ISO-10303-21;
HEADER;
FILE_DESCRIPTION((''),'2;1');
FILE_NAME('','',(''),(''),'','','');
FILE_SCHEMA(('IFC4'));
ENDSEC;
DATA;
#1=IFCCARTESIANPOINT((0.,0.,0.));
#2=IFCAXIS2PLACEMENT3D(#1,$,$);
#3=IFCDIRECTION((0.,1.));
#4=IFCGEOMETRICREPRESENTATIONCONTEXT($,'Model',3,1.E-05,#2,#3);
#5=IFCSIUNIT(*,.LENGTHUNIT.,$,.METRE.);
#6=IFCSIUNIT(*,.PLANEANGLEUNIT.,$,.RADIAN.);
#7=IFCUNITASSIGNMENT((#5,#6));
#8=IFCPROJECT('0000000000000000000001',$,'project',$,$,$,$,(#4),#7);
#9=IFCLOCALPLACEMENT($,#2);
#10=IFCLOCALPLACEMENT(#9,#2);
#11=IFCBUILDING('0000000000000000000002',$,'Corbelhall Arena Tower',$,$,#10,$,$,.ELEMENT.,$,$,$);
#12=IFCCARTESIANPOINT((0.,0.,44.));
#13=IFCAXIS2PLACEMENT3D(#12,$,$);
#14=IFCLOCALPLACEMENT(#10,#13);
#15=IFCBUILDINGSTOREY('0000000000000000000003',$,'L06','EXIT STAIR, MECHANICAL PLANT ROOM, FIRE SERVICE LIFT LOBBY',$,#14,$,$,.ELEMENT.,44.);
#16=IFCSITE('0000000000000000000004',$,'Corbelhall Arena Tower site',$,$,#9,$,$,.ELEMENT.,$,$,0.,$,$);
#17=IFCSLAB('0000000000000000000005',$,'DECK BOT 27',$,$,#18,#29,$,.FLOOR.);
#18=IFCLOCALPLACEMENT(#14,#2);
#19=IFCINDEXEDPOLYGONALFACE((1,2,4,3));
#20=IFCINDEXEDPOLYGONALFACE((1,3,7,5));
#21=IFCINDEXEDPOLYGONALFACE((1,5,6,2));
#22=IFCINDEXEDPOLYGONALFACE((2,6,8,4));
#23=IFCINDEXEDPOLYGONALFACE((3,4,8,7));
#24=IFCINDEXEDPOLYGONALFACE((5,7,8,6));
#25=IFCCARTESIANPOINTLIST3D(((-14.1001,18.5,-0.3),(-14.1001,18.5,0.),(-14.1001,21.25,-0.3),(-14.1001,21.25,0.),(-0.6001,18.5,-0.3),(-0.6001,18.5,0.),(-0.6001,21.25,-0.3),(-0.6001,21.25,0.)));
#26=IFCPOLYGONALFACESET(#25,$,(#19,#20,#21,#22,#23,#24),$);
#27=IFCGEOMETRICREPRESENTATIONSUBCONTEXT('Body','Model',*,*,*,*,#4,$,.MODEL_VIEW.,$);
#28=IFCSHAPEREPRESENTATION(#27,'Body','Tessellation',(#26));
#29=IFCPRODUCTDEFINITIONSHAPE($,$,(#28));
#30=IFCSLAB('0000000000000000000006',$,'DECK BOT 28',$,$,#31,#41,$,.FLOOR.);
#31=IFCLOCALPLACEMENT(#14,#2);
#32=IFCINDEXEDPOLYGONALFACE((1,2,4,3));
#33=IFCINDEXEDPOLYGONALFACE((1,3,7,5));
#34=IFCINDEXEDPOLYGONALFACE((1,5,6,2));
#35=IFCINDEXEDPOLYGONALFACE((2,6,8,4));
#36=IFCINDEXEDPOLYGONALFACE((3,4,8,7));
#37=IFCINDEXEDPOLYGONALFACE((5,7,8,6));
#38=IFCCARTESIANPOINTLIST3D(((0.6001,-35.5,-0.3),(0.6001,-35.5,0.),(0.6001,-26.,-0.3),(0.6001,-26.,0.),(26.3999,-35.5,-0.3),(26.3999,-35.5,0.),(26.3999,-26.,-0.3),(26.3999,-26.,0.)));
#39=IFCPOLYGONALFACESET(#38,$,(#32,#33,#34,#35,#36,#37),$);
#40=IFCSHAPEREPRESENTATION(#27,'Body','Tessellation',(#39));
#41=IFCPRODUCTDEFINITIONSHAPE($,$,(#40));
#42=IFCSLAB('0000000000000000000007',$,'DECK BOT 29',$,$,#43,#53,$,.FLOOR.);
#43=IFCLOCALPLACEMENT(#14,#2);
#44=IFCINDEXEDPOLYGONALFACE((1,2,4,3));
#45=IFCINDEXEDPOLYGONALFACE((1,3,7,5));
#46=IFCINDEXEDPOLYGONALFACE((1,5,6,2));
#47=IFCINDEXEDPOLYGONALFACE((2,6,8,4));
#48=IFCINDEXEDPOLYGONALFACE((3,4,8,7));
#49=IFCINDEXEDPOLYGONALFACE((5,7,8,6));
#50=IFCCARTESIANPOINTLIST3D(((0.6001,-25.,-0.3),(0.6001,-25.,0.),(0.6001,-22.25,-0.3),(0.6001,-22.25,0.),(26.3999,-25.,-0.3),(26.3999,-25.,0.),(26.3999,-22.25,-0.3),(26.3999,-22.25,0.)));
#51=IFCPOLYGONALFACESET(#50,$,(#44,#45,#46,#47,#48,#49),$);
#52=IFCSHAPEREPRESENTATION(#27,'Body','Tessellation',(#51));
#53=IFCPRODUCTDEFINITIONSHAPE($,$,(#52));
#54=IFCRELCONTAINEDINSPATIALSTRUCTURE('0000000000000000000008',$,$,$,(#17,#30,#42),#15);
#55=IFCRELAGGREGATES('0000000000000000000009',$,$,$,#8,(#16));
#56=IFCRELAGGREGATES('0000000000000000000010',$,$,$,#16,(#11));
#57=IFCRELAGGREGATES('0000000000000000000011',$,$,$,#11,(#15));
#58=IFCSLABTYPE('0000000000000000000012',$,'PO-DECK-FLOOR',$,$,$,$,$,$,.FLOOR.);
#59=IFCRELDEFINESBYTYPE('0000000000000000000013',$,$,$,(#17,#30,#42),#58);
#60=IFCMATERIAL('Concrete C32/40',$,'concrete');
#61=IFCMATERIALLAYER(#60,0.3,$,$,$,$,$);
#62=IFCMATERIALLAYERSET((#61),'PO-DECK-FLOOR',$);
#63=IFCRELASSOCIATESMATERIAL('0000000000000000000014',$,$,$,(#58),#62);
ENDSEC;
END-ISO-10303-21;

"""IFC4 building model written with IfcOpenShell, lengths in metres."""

from ifc_helpers import new_model, si_unit, direction, frame, origin, place, context, subcontext, project, spatial, polyline, outline, extrude, material, layer, layer_set, type_object, element, save


model = new_model("IFC4")

# Units and contexts
model_context = context("Model", 3, precision=1e-05, world=origin(), true_north=direction((0.0, 1.0)))
body_context = subcontext(model_context, "Body", "Model", "MODEL_VIEW")
ifc_project = project(units=[si_unit("LENGTHUNIT", "METRE"), si_unit("PLANEANGLEUNIT", "RADIAN")], contexts=[model_context])

# Site, building, storey
site_placement = place(None, origin())
site = spatial("IfcSite", under=ifc_project, at=site_placement, Name="Corbelhall Arena Tower site", CompositionType="ELEMENT", RefElevation=0.0)
building_placement = place(site_placement, origin())
building = spatial("IfcBuilding", under=site, at=building_placement, Name="Corbelhall Arena Tower", CompositionType="ELEMENT")
storey_placement = place(building_placement, frame((0.0, 0.0, 44.0)))
storey = spatial("IfcBuildingStorey", under=building, at=storey_placement, Name="L06", Description="EXIT STAIR, MECHANICAL PLANT ROOM, FIRE SERVICE LIFT LOBBY", CompositionType="ELEMENT", Elevation=44.0)

# Slabs
ifc_material_1 = material(Name="Concrete C32/40", Category="concrete")
ifc_layer = layer(ifc_material_1, 0.3)
ifc_layer_set = layer_set([ifc_layer], Name="PO-DECK-FLOOR")
slab_type = type_object("IfcSlabType", Name="PO-DECK-FLOOR", PredefinedType="FLOOR", material=ifc_layer_set)
slab_1_placement = place(storey_placement, frame((0.0, 0.0, -0.3)))
element("IfcSlab", 1, at=slab_1_placement, inside=storey, type_object=slab_type, Name="DECK BOT 27", PredefinedType="FLOOR", context=body_context, shape_type="SweptSolid", body=[
    extrude(outline(polyline([(-14.1001, 21.25), (-0.6001, 21.25), (-0.6001, 18.5), (-14.1001, 18.5), (-14.1001, 21.25)])), origin(), (0.0, 0.0, 1.0), 0.3),
])
slab_2_placement = place(storey_placement, frame((0.0, 0.0, -0.3)))
element("IfcSlab", 2, at=slab_2_placement, inside=storey, type_object=slab_type, Name="DECK BOT 28", PredefinedType="FLOOR", context=body_context, shape_type="SweptSolid", body=[
    extrude(outline(polyline([(0.6001, -35.5), (0.6001, -26.0), (26.3999, -26.0), (26.3999, -35.5), (0.6001, -35.5)])), origin(), (0.0, 0.0, 1.0), 0.3),
])
slab_3_placement = place(storey_placement, frame((0.0, 0.0, -0.3)))
element("IfcSlab", 3, at=slab_3_placement, inside=storey, type_object=slab_type, Name="DECK BOT 29", PredefinedType="FLOOR", context=body_context, shape_type="SweptSolid", body=[
    extrude(outline(polyline([(0.6001, -25.0), (0.6001, -22.25), (26.3999, -22.25), (26.3999, -25.0), (0.6001, -25.0)])), origin(), (0.0, 0.0, 1.0), 0.3),
])

save(model, "model.ifc")
